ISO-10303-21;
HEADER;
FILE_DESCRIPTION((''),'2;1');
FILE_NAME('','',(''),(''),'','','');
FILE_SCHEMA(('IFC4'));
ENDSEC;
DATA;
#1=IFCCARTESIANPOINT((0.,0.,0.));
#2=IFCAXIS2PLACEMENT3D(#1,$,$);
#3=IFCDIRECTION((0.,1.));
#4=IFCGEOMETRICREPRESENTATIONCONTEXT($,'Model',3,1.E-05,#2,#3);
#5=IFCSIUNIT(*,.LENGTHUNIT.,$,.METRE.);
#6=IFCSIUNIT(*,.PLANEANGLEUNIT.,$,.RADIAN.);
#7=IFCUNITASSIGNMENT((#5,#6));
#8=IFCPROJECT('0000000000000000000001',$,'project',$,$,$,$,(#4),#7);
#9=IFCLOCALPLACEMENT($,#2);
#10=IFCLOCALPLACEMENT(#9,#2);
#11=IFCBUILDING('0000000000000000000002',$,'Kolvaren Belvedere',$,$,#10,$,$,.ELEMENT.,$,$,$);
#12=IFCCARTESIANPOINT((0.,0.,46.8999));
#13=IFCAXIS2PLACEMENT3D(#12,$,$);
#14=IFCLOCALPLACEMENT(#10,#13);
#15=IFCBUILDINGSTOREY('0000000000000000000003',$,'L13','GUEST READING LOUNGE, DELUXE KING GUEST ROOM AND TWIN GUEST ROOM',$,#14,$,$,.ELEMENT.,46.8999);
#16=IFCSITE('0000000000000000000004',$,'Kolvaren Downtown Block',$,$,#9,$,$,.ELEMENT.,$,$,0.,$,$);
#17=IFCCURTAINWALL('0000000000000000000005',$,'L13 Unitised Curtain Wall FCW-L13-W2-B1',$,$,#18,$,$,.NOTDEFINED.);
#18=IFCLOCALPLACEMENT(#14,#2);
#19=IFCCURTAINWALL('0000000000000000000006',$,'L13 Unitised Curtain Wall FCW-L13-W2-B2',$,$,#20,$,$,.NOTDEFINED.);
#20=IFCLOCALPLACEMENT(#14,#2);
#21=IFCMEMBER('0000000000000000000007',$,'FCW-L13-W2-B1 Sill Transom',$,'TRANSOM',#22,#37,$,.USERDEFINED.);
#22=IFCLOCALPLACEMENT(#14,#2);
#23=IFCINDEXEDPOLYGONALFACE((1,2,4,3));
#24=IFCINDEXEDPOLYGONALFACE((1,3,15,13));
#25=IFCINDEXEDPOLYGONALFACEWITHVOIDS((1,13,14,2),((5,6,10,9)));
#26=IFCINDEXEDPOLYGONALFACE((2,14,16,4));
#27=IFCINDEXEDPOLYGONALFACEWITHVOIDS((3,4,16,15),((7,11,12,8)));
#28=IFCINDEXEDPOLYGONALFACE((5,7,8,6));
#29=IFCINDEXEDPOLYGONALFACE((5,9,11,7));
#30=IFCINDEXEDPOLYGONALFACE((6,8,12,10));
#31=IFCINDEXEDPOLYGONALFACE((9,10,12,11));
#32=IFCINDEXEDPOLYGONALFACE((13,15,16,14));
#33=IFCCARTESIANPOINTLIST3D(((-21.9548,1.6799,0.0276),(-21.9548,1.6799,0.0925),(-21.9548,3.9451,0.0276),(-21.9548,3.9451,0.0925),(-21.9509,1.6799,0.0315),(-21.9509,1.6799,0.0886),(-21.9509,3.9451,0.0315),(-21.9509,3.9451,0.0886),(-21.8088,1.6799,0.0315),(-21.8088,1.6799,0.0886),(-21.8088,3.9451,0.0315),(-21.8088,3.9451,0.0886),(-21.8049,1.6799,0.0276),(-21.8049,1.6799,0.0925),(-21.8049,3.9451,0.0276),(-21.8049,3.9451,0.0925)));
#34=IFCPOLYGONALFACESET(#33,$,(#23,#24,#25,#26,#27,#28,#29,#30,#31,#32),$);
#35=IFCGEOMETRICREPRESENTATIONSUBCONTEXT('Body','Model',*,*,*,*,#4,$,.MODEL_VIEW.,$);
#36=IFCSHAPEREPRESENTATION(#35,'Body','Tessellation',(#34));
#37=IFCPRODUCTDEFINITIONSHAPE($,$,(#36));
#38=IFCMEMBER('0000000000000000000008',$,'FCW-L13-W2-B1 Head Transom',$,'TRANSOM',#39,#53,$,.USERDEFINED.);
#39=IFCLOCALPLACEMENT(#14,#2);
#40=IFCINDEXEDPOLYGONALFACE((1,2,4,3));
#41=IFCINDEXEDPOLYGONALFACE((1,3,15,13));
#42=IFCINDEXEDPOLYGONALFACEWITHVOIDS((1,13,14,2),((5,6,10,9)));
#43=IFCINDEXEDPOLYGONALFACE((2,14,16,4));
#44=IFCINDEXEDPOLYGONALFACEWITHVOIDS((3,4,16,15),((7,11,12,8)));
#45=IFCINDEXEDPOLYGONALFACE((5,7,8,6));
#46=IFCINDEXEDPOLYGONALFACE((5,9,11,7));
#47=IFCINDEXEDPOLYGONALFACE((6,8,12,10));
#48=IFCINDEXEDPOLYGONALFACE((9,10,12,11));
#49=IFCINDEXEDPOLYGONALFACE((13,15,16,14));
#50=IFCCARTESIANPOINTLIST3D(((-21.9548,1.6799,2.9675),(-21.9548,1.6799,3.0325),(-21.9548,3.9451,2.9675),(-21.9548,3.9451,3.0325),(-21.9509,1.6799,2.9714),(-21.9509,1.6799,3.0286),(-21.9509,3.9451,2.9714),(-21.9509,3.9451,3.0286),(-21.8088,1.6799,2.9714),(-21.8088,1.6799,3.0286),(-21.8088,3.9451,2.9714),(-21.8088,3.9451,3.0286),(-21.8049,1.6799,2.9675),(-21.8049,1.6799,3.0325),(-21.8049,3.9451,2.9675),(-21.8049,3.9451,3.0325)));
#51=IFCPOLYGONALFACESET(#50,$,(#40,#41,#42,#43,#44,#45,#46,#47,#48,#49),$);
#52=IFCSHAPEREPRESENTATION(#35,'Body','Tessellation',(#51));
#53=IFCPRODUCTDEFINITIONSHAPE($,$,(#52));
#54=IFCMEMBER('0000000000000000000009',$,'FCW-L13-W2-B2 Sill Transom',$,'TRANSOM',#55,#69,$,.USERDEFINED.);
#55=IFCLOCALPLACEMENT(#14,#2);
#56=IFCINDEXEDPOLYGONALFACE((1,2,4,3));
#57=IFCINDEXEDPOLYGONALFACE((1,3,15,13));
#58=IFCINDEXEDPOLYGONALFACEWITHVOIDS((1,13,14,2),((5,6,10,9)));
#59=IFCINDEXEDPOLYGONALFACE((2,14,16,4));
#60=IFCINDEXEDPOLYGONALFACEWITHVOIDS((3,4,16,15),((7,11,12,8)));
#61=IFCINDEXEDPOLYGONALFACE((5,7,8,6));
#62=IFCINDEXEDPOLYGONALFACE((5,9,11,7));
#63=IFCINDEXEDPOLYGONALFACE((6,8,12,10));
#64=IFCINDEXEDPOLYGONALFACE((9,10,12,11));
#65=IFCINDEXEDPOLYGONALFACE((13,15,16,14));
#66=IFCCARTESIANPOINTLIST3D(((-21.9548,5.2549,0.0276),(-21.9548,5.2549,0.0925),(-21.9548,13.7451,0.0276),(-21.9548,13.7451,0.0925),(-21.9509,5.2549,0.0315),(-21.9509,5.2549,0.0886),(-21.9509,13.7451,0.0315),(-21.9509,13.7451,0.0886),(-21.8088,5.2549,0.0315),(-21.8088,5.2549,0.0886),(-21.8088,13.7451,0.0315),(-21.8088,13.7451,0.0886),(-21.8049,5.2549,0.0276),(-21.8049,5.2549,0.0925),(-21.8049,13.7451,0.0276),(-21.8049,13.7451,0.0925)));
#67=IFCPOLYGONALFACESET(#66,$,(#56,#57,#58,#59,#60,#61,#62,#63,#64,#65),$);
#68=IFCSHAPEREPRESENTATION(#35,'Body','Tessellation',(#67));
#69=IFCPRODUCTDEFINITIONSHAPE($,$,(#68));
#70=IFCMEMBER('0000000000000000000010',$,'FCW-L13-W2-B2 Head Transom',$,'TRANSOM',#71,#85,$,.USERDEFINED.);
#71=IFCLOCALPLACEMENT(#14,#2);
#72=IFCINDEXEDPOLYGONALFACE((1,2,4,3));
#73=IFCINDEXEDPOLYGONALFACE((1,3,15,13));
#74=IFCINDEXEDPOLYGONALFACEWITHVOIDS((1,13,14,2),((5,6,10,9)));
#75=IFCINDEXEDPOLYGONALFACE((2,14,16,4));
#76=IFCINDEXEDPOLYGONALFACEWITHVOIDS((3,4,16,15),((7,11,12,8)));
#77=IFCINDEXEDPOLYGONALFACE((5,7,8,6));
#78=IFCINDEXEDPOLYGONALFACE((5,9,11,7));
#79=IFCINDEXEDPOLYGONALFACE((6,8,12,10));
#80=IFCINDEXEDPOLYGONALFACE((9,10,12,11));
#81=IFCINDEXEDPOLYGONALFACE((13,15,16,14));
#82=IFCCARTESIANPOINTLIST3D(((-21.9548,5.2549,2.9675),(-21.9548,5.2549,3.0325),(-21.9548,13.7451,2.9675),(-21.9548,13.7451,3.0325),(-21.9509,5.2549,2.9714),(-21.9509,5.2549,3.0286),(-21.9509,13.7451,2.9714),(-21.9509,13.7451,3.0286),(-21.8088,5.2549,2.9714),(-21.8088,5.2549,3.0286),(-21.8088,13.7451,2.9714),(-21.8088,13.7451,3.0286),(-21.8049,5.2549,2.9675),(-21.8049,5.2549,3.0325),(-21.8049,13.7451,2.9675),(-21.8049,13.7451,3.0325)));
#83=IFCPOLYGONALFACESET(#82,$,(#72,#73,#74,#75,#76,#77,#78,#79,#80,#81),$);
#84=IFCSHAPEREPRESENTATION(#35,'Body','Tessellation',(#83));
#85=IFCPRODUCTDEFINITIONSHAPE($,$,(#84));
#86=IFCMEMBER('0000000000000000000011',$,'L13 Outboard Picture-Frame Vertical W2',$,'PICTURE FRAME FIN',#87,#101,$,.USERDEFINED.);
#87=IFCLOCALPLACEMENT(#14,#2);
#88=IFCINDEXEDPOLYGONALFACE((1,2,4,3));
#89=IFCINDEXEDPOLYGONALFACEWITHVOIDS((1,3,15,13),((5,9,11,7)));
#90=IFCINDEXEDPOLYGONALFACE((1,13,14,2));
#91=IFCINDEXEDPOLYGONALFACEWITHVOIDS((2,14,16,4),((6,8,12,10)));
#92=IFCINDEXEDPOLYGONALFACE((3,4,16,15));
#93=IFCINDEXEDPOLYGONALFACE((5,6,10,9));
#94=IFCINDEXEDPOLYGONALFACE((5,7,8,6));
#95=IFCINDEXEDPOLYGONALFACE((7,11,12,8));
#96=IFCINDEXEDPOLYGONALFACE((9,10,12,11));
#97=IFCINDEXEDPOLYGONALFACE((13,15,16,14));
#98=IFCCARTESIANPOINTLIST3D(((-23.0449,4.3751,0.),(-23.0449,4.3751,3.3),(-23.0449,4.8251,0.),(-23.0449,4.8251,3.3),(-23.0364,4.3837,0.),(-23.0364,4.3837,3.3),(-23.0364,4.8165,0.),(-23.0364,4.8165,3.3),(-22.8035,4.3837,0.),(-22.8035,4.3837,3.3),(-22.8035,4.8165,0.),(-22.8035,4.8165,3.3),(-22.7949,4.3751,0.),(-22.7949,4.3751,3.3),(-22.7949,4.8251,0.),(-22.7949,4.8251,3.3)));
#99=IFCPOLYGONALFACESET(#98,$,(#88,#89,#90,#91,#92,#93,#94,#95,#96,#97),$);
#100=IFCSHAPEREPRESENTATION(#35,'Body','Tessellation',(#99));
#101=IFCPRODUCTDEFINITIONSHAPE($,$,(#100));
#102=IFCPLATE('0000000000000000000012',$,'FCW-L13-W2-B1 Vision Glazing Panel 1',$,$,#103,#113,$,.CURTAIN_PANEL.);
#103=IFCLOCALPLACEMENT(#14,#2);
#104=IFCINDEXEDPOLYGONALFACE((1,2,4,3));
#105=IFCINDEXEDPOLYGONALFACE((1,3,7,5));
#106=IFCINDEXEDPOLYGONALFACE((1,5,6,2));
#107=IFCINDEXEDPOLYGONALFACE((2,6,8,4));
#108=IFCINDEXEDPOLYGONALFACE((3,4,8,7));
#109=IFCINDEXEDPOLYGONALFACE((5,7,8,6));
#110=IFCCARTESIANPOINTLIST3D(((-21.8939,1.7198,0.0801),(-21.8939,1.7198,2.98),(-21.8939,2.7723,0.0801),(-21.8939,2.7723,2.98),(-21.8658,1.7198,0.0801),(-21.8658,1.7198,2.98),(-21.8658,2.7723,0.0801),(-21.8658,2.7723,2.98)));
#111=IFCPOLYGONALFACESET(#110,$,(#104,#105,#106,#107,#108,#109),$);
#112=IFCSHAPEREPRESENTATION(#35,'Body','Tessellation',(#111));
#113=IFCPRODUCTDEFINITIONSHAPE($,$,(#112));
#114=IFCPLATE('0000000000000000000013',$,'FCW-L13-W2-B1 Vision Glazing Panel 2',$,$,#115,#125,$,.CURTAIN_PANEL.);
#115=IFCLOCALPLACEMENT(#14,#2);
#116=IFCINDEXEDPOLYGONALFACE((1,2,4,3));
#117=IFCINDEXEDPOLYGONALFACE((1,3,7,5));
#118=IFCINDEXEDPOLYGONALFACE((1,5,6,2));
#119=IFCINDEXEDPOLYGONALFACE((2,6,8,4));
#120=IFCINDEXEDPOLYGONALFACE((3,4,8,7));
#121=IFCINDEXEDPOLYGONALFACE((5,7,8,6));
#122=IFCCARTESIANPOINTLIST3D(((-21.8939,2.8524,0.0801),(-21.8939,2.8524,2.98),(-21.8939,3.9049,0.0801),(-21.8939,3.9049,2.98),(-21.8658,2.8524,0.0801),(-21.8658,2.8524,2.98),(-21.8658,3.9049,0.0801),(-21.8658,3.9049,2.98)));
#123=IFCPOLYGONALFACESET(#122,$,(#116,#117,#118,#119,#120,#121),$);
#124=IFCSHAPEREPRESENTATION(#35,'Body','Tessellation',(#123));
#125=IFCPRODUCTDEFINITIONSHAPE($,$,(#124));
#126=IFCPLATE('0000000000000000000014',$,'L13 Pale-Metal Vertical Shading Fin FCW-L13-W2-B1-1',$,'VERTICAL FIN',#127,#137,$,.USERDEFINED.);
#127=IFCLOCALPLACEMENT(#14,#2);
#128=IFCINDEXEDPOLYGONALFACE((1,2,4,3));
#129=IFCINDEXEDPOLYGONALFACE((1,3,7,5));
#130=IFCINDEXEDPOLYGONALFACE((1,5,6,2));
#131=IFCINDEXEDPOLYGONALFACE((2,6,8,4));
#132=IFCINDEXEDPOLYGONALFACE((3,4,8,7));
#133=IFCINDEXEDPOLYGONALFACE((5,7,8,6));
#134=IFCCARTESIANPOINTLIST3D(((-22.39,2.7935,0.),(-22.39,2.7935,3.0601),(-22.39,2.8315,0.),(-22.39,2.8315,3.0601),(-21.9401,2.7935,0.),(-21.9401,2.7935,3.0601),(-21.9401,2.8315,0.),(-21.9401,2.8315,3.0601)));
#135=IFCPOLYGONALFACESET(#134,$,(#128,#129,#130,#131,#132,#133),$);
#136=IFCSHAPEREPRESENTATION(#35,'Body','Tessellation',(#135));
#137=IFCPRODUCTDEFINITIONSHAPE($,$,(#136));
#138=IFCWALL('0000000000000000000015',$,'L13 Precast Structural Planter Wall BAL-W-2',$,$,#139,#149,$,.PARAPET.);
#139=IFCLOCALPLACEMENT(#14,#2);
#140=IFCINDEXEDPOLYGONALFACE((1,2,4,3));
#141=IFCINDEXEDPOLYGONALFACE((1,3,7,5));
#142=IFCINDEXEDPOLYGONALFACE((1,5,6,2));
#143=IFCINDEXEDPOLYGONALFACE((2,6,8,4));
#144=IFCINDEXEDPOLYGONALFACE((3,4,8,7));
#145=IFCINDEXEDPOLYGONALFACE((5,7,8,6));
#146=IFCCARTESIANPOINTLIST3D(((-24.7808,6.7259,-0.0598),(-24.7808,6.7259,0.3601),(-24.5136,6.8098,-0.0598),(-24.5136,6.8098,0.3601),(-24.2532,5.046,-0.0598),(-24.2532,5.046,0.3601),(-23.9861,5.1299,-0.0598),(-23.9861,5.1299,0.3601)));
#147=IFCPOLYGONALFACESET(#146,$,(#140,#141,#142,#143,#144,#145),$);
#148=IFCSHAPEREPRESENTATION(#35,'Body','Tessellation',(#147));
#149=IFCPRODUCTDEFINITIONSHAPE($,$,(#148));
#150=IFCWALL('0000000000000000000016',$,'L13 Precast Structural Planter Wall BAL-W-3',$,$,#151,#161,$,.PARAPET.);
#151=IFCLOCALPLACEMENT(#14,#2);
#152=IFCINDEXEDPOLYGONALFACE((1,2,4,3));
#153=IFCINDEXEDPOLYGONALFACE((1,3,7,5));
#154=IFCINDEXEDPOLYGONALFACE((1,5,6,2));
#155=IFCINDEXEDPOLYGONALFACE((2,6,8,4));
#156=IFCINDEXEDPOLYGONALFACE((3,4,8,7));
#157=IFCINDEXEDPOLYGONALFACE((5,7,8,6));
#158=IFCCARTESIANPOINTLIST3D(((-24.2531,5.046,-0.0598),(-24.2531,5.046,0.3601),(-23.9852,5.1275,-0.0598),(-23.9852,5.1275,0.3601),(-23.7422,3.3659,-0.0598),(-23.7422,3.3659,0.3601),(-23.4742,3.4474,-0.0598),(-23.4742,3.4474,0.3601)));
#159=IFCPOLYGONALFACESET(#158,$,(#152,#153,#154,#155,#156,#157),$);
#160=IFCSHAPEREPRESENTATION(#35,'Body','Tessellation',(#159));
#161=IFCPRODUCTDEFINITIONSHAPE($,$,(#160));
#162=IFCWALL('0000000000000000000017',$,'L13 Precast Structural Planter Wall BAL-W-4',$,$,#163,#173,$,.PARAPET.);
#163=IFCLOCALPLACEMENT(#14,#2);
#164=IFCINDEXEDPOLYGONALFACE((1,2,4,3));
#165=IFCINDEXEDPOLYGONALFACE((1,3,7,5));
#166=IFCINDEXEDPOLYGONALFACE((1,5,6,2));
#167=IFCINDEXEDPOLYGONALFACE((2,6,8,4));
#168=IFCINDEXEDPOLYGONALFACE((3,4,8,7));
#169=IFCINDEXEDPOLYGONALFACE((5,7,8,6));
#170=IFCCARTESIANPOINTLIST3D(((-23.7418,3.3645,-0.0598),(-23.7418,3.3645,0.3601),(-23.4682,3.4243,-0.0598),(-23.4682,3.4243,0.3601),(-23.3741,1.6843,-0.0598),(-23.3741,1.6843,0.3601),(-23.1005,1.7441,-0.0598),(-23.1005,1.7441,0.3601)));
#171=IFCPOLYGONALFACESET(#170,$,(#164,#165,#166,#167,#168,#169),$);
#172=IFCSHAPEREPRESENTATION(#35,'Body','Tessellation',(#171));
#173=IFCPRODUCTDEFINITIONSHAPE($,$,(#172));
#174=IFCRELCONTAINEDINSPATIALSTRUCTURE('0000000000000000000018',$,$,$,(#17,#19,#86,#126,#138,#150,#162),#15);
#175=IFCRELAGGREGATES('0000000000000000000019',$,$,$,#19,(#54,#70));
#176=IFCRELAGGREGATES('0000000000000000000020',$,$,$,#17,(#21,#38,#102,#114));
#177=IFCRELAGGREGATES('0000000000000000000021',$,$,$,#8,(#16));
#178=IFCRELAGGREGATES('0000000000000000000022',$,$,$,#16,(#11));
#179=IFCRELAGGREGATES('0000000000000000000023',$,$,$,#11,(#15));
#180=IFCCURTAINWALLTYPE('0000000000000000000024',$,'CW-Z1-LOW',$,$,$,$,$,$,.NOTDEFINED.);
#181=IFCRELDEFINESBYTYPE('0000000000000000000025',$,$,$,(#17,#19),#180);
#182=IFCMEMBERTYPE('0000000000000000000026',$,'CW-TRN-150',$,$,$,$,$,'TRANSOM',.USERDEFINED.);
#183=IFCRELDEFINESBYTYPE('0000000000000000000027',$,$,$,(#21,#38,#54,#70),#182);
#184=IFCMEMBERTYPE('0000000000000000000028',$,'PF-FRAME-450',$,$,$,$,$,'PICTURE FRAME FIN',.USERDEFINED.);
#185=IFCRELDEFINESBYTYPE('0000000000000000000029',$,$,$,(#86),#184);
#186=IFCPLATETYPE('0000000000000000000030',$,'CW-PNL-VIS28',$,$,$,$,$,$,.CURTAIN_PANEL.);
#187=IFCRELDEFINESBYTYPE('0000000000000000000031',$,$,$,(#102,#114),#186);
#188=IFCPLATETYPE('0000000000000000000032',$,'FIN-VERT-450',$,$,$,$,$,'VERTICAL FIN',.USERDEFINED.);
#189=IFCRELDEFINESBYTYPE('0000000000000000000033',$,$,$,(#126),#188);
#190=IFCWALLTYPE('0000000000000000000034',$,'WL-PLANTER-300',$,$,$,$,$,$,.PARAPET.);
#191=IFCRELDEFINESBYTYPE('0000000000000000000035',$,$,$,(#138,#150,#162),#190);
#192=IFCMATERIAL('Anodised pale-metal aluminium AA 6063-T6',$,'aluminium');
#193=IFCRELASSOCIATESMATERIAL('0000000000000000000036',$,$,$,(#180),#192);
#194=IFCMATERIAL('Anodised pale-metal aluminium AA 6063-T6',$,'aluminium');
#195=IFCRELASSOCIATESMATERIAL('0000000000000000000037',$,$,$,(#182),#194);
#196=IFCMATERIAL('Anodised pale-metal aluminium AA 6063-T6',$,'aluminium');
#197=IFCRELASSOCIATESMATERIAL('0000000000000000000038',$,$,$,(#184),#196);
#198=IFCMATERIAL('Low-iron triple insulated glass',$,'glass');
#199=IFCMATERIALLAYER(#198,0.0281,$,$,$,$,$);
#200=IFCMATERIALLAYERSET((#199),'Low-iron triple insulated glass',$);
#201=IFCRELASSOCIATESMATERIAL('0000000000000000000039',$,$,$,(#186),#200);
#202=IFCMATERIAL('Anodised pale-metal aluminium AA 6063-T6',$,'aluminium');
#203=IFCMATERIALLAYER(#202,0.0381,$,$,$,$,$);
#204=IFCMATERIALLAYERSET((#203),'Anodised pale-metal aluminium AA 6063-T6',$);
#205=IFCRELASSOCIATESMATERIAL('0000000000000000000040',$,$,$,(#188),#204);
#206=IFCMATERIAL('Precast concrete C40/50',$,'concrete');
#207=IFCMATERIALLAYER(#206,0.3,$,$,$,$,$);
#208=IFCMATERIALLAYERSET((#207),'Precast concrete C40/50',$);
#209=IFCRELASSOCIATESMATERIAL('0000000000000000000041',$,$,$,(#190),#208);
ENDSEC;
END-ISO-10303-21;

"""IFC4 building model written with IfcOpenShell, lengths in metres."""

from ifc_helpers import new_model, si_unit, direction, frame, frame_2d, origin, origin_2d, place, context, subcontext, project, spatial, rectangle, hollow_rectangle, extrude, material, layer, layer_set, material_profile, profile_set, type_object, element, aggregate, save


model = new_model("IFC4")

# Units and contexts
model_context = context("Model", 3, precision=1e-05, world=origin(), true_north=direction((0.0, 1.0)))
body_context = subcontext(model_context, "Body", "Model", "MODEL_VIEW")
ifc_project = project(units=[si_unit("LENGTHUNIT", "METRE"), si_unit("PLANEANGLEUNIT", "RADIAN")], contexts=[model_context])

# Site, building, storey
site_placement = place(None, origin())
site = spatial("IfcSite", under=ifc_project, at=site_placement, Name="Kolvaren Downtown Block", CompositionType="ELEMENT", RefElevation=0.0)
building_placement = place(site_placement, origin())
building = spatial("IfcBuilding", under=site, at=building_placement, Name="Kolvaren Belvedere", CompositionType="ELEMENT")
storey_placement = place(building_placement, frame((0.0, 0.0, 46.8999)))
storey = spatial("IfcBuildingStorey", under=building, at=storey_placement, Name="L13", Description="GUEST READING LOUNGE, DELUXE KING GUEST ROOM AND TWIN GUEST ROOM", CompositionType="ELEMENT", Elevation=46.8999)

# Curtain wall
ifc_material_1 = material(Name="Anodised pale-metal aluminium AA 6063-T6", Category="aluminium")
curtain_wall_type = type_object("IfcCurtainWallType", Name="CW-Z1-LOW", PredefinedType="NOTDEFINED", material=ifc_material_1)
curtain_wall_1_placement = place(storey_placement, origin())
curtain_wall_1 = element("IfcCurtainWall", 1, at=curtain_wall_1_placement, inside=storey, type_object=curtain_wall_type, Name="L13 Unitised Curtain Wall FCW-L13-W2-B1", PredefinedType="NOTDEFINED")

# Curtain wall
curtain_wall_2_placement = place(storey_placement, origin())
curtain_wall_2 = element("IfcCurtainWall", 2, at=curtain_wall_2_placement, inside=storey, type_object=curtain_wall_type, Name="L13 Unitised Curtain Wall FCW-L13-W2-B2", PredefinedType="NOTDEFINED")

# Members
ifc_material_2 = material(Name="Anodised pale-metal aluminium AA 6063-T6", Category="aluminium")
ifc_material_profile_1 = material_profile(ifc_material_2, hollow_rectangle(XDim=0.0649, YDim=0.1499, WallThickness=0.0039, at=origin_2d()), Name="ALU-TRN-150X65")
ifc_profile_set_1 = profile_set([ifc_material_profile_1], Name="Anodised pale-metal aluminium AA 6063-T6")
member_type_1 = type_object("IfcMemberType", Name="CW-TRN-150", ElementType="TRANSOM", PredefinedType="USERDEFINED", material=ifc_profile_set_1)
member_1_placement = place(storey_placement, frame((-21.8799, 1.6799, 0.0601), z_axis=(0.0, 1.0, 0.0), x_axis=(0.0, 0.0, 1.0)))
member_1 = element("IfcMember", 3, at=member_1_placement, type_object=member_type_1, Name="FCW-L13-W2-B1 Sill Transom", ObjectType="TRANSOM", PredefinedType="USERDEFINED", context=body_context, shape_type="SweptSolid", body=[
    extrude(hollow_rectangle(XDim=0.0649, YDim=0.1499, WallThickness=0.0039, at=origin_2d()), origin(), (0.0, 0.0, 1.0), 2.2651),
])
member_2_placement = place(storey_placement, frame((-21.8799, 1.6799, 3.0), z_axis=(0.0, 1.0, 0.0), x_axis=(0.0, 0.0, 1.0)))
member_2 = element("IfcMember", 4, at=member_2_placement, type_object=member_type_1, Name="FCW-L13-W2-B1 Head Transom", ObjectType="TRANSOM", PredefinedType="USERDEFINED", context=body_context, shape_type="SweptSolid", body=[
    extrude(hollow_rectangle(XDim=0.0649, YDim=0.1499, WallThickness=0.0039, at=origin_2d()), origin(), (0.0, 0.0, 1.0), 2.2651),
])
member_3_placement = place(storey_placement, frame((-21.8799, 5.2549, 0.0601), z_axis=(0.0, 1.0, 0.0), x_axis=(0.0, 0.0, 1.0)))
member_3 = element("IfcMember", 5, at=member_3_placement, type_object=member_type_1, Name="FCW-L13-W2-B2 Sill Transom", ObjectType="TRANSOM", PredefinedType="USERDEFINED", context=body_context, shape_type="SweptSolid", body=[
    extrude(hollow_rectangle(XDim=0.0649, YDim=0.1499, WallThickness=0.0039, at=origin_2d()), origin(), (0.0, 0.0, 1.0), 8.4902),
])
member_4_placement = place(storey_placement, frame((-21.8799, 5.2549, 3.0), z_axis=(0.0, 1.0, 0.0), x_axis=(0.0, 0.0, 1.0)))
member_4 = element("IfcMember", 6, at=member_4_placement, type_object=member_type_1, Name="FCW-L13-W2-B2 Head Transom", ObjectType="TRANSOM", PredefinedType="USERDEFINED", context=body_context, shape_type="SweptSolid", body=[
    extrude(hollow_rectangle(XDim=0.0649, YDim=0.1499, WallThickness=0.0039, at=origin_2d()), origin(), (0.0, 0.0, 1.0), 8.4902),
])
aggregate(curtain_wall_2, [member_3, member_4])
ifc_material_3 = material(Name="Anodised pale-metal aluminium AA 6063-T6", Category="aluminium")
ifc_material_profile_2 = material_profile(ifc_material_3, hollow_rectangle(XDim=0.25, YDim=0.45, WallThickness=0.0085, at=origin_2d()), Name="ALU-PF-450X250")
ifc_profile_set_2 = profile_set([ifc_material_profile_2], Name="Anodised pale-metal aluminium AA 6063-T6")
member_type_2 = type_object("IfcMemberType", Name="PF-FRAME-450", ElementType="PICTURE FRAME FIN", PredefinedType="USERDEFINED", material=ifc_profile_set_2)
member_5_placement = place(storey_placement, frame((-22.9199, 4.6001, 0.0), z_axis=(0.0, 0.0, 1.0), x_axis=(1.0, 0.0, 0.0)))
element("IfcMember", 7, at=member_5_placement, inside=storey, type_object=member_type_2, Name="L13 Outboard Picture-Frame Vertical W2", ObjectType="PICTURE FRAME FIN", PredefinedType="USERDEFINED", context=body_context, shape_type="SweptSolid", body=[
    extrude(hollow_rectangle(XDim=0.25, YDim=0.45, WallThickness=0.0085, at=origin_2d()), origin(), (0.0, 0.0, 1.0), 3.3),
])

# Plates
ifc_material_4 = material(Name="Low-iron triple insulated glass", Category="glass")
ifc_layer_1 = layer(ifc_material_4, 0.0281)
ifc_layer_set_1 = layer_set([ifc_layer_1], Name="Low-iron triple insulated glass")
plate_type_1 = type_object("IfcPlateType", Name="CW-PNL-VIS28", PredefinedType="CURTAIN_PANEL", material=ifc_layer_set_1)
plate_1_placement = place(storey_placement, frame((-21.8799, 2.2461, 0.0801), z_axis=(0.0, 0.0, 1.0), x_axis=(0.0, 1.0, 0.0)))
plate_1 = element("IfcPlate", 8, at=plate_1_placement, type_object=plate_type_1, Name="FCW-L13-W2-B1 Vision Glazing Panel 1", PredefinedType="CURTAIN_PANEL", context=body_context, shape_type="SweptSolid", body=[
    extrude(rectangle(XDim=1.0525, YDim=0.0281, at=origin_2d()), origin(), (0.0, 0.0, 1.0), 2.8999),
])
plate_2_placement = place(storey_placement, frame((-21.8799, 3.3787, 0.0801), z_axis=(0.0, 0.0, 1.0), x_axis=(0.0, 1.0, 0.0)))
plate_2 = element("IfcPlate", 9, at=plate_2_placement, type_object=plate_type_1, Name="FCW-L13-W2-B1 Vision Glazing Panel 2", PredefinedType="CURTAIN_PANEL", context=body_context, shape_type="SweptSolid", body=[
    extrude(rectangle(XDim=1.0525, YDim=0.0281, at=origin_2d()), origin(), (0.0, 0.0, 1.0), 2.8999),
])
aggregate(curtain_wall_1, [member_1, member_2, plate_1, plate_2])
ifc_material_5 = material(Name="Anodised pale-metal aluminium AA 6063-T6", Category="aluminium")
ifc_layer_2 = layer(ifc_material_5, 0.0381)
ifc_layer_set_2 = layer_set([ifc_layer_2], Name="Anodised pale-metal aluminium AA 6063-T6")
plate_type_2 = type_object("IfcPlateType", Name="FIN-VERT-450", ElementType="VERTICAL FIN", PredefinedType="USERDEFINED", material=ifc_layer_set_2)
plate_3_placement = place(storey_placement, frame((-22.165, 2.8125, 0.0), z_axis=(0.0, 0.0, 1.0), x_axis=(1.0, 0.0, 0.0)))
element("IfcPlate", 10, at=plate_3_placement, inside=storey, type_object=plate_type_2, Name="L13 Pale-Metal Vertical Shading Fin FCW-L13-W2-B1-1", ObjectType="VERTICAL FIN", PredefinedType="USERDEFINED", context=body_context, shape_type="SweptSolid", body=[
    extrude(rectangle(XDim=0.45, YDim=0.0381, at=origin_2d()), origin(), (0.0, 0.0, 1.0), 3.0601),
])

# Walls
ifc_material_6 = material(Name="Precast concrete C40/50", Category="concrete")
ifc_layer_3 = layer(ifc_material_6, 0.3)
ifc_layer_set_3 = layer_set([ifc_layer_3], Name="Precast concrete C40/50")
wall_type_1 = type_object("IfcWallType", Name="WL-PLANTER-300", PredefinedType="PARAPET", material=ifc_layer_set_3)
wall_1_placement = place(storey_placement, frame((-24.6472, 6.7678, -0.0598), z_axis=(0.0, 0.0, 1.0), x_axis=(0.299625, -0.954057, 0.0)))
element("IfcWall", 11, at=wall_1_placement, inside=storey, type_object=wall_type_1, Name="L13 Precast Structural Planter Wall BAL-W-2", PredefinedType="PARAPET", context=body_context, shape_type="SweptSolid", body=[
    extrude(rectangle(XDim=1.7607, YDim=0.28, at=frame_2d((0.8804, 0.0))), origin(), (0.0, 0.0, 1.0), 0.4199),
])
wall_2_placement = place(storey_placement, frame((-24.1191, 5.0867, -0.0598), z_axis=(0.0, 0.0, 1.0), x_axis=(0.290968, -0.956733, 0.0)))
element("IfcWall", 12, at=wall_2_placement, inside=storey, type_object=wall_type_1, Name="L13 Precast Structural Planter Wall BAL-W-3", PredefinedType="PARAPET", context=body_context, shape_type="SweptSolid", body=[
    extrude(rectangle(XDim=1.7561, YDim=0.28, at=frame_2d((0.8779, 0.0))), origin(), (0.0, 0.0, 1.0), 0.4199),
])
wall_3_placement = place(storey_placement, frame((-23.605, 3.3943, -0.0598), z_axis=(0.0, 0.0, 1.0), x_axis=(0.213773, -0.976883, 0.0)))
element("IfcWall", 13, at=wall_3_placement, inside=storey, type_object=wall_type_1, Name="L13 Precast Structural Planter Wall BAL-W-4", PredefinedType="PARAPET", context=body_context, shape_type="SweptSolid", body=[
    extrude(rectangle(XDim=1.72, YDim=0.28, at=frame_2d((0.8599, 0.0))), origin(), (0.0, 0.0, 1.0), 0.4199),
])

save(model, "model.ifc")
